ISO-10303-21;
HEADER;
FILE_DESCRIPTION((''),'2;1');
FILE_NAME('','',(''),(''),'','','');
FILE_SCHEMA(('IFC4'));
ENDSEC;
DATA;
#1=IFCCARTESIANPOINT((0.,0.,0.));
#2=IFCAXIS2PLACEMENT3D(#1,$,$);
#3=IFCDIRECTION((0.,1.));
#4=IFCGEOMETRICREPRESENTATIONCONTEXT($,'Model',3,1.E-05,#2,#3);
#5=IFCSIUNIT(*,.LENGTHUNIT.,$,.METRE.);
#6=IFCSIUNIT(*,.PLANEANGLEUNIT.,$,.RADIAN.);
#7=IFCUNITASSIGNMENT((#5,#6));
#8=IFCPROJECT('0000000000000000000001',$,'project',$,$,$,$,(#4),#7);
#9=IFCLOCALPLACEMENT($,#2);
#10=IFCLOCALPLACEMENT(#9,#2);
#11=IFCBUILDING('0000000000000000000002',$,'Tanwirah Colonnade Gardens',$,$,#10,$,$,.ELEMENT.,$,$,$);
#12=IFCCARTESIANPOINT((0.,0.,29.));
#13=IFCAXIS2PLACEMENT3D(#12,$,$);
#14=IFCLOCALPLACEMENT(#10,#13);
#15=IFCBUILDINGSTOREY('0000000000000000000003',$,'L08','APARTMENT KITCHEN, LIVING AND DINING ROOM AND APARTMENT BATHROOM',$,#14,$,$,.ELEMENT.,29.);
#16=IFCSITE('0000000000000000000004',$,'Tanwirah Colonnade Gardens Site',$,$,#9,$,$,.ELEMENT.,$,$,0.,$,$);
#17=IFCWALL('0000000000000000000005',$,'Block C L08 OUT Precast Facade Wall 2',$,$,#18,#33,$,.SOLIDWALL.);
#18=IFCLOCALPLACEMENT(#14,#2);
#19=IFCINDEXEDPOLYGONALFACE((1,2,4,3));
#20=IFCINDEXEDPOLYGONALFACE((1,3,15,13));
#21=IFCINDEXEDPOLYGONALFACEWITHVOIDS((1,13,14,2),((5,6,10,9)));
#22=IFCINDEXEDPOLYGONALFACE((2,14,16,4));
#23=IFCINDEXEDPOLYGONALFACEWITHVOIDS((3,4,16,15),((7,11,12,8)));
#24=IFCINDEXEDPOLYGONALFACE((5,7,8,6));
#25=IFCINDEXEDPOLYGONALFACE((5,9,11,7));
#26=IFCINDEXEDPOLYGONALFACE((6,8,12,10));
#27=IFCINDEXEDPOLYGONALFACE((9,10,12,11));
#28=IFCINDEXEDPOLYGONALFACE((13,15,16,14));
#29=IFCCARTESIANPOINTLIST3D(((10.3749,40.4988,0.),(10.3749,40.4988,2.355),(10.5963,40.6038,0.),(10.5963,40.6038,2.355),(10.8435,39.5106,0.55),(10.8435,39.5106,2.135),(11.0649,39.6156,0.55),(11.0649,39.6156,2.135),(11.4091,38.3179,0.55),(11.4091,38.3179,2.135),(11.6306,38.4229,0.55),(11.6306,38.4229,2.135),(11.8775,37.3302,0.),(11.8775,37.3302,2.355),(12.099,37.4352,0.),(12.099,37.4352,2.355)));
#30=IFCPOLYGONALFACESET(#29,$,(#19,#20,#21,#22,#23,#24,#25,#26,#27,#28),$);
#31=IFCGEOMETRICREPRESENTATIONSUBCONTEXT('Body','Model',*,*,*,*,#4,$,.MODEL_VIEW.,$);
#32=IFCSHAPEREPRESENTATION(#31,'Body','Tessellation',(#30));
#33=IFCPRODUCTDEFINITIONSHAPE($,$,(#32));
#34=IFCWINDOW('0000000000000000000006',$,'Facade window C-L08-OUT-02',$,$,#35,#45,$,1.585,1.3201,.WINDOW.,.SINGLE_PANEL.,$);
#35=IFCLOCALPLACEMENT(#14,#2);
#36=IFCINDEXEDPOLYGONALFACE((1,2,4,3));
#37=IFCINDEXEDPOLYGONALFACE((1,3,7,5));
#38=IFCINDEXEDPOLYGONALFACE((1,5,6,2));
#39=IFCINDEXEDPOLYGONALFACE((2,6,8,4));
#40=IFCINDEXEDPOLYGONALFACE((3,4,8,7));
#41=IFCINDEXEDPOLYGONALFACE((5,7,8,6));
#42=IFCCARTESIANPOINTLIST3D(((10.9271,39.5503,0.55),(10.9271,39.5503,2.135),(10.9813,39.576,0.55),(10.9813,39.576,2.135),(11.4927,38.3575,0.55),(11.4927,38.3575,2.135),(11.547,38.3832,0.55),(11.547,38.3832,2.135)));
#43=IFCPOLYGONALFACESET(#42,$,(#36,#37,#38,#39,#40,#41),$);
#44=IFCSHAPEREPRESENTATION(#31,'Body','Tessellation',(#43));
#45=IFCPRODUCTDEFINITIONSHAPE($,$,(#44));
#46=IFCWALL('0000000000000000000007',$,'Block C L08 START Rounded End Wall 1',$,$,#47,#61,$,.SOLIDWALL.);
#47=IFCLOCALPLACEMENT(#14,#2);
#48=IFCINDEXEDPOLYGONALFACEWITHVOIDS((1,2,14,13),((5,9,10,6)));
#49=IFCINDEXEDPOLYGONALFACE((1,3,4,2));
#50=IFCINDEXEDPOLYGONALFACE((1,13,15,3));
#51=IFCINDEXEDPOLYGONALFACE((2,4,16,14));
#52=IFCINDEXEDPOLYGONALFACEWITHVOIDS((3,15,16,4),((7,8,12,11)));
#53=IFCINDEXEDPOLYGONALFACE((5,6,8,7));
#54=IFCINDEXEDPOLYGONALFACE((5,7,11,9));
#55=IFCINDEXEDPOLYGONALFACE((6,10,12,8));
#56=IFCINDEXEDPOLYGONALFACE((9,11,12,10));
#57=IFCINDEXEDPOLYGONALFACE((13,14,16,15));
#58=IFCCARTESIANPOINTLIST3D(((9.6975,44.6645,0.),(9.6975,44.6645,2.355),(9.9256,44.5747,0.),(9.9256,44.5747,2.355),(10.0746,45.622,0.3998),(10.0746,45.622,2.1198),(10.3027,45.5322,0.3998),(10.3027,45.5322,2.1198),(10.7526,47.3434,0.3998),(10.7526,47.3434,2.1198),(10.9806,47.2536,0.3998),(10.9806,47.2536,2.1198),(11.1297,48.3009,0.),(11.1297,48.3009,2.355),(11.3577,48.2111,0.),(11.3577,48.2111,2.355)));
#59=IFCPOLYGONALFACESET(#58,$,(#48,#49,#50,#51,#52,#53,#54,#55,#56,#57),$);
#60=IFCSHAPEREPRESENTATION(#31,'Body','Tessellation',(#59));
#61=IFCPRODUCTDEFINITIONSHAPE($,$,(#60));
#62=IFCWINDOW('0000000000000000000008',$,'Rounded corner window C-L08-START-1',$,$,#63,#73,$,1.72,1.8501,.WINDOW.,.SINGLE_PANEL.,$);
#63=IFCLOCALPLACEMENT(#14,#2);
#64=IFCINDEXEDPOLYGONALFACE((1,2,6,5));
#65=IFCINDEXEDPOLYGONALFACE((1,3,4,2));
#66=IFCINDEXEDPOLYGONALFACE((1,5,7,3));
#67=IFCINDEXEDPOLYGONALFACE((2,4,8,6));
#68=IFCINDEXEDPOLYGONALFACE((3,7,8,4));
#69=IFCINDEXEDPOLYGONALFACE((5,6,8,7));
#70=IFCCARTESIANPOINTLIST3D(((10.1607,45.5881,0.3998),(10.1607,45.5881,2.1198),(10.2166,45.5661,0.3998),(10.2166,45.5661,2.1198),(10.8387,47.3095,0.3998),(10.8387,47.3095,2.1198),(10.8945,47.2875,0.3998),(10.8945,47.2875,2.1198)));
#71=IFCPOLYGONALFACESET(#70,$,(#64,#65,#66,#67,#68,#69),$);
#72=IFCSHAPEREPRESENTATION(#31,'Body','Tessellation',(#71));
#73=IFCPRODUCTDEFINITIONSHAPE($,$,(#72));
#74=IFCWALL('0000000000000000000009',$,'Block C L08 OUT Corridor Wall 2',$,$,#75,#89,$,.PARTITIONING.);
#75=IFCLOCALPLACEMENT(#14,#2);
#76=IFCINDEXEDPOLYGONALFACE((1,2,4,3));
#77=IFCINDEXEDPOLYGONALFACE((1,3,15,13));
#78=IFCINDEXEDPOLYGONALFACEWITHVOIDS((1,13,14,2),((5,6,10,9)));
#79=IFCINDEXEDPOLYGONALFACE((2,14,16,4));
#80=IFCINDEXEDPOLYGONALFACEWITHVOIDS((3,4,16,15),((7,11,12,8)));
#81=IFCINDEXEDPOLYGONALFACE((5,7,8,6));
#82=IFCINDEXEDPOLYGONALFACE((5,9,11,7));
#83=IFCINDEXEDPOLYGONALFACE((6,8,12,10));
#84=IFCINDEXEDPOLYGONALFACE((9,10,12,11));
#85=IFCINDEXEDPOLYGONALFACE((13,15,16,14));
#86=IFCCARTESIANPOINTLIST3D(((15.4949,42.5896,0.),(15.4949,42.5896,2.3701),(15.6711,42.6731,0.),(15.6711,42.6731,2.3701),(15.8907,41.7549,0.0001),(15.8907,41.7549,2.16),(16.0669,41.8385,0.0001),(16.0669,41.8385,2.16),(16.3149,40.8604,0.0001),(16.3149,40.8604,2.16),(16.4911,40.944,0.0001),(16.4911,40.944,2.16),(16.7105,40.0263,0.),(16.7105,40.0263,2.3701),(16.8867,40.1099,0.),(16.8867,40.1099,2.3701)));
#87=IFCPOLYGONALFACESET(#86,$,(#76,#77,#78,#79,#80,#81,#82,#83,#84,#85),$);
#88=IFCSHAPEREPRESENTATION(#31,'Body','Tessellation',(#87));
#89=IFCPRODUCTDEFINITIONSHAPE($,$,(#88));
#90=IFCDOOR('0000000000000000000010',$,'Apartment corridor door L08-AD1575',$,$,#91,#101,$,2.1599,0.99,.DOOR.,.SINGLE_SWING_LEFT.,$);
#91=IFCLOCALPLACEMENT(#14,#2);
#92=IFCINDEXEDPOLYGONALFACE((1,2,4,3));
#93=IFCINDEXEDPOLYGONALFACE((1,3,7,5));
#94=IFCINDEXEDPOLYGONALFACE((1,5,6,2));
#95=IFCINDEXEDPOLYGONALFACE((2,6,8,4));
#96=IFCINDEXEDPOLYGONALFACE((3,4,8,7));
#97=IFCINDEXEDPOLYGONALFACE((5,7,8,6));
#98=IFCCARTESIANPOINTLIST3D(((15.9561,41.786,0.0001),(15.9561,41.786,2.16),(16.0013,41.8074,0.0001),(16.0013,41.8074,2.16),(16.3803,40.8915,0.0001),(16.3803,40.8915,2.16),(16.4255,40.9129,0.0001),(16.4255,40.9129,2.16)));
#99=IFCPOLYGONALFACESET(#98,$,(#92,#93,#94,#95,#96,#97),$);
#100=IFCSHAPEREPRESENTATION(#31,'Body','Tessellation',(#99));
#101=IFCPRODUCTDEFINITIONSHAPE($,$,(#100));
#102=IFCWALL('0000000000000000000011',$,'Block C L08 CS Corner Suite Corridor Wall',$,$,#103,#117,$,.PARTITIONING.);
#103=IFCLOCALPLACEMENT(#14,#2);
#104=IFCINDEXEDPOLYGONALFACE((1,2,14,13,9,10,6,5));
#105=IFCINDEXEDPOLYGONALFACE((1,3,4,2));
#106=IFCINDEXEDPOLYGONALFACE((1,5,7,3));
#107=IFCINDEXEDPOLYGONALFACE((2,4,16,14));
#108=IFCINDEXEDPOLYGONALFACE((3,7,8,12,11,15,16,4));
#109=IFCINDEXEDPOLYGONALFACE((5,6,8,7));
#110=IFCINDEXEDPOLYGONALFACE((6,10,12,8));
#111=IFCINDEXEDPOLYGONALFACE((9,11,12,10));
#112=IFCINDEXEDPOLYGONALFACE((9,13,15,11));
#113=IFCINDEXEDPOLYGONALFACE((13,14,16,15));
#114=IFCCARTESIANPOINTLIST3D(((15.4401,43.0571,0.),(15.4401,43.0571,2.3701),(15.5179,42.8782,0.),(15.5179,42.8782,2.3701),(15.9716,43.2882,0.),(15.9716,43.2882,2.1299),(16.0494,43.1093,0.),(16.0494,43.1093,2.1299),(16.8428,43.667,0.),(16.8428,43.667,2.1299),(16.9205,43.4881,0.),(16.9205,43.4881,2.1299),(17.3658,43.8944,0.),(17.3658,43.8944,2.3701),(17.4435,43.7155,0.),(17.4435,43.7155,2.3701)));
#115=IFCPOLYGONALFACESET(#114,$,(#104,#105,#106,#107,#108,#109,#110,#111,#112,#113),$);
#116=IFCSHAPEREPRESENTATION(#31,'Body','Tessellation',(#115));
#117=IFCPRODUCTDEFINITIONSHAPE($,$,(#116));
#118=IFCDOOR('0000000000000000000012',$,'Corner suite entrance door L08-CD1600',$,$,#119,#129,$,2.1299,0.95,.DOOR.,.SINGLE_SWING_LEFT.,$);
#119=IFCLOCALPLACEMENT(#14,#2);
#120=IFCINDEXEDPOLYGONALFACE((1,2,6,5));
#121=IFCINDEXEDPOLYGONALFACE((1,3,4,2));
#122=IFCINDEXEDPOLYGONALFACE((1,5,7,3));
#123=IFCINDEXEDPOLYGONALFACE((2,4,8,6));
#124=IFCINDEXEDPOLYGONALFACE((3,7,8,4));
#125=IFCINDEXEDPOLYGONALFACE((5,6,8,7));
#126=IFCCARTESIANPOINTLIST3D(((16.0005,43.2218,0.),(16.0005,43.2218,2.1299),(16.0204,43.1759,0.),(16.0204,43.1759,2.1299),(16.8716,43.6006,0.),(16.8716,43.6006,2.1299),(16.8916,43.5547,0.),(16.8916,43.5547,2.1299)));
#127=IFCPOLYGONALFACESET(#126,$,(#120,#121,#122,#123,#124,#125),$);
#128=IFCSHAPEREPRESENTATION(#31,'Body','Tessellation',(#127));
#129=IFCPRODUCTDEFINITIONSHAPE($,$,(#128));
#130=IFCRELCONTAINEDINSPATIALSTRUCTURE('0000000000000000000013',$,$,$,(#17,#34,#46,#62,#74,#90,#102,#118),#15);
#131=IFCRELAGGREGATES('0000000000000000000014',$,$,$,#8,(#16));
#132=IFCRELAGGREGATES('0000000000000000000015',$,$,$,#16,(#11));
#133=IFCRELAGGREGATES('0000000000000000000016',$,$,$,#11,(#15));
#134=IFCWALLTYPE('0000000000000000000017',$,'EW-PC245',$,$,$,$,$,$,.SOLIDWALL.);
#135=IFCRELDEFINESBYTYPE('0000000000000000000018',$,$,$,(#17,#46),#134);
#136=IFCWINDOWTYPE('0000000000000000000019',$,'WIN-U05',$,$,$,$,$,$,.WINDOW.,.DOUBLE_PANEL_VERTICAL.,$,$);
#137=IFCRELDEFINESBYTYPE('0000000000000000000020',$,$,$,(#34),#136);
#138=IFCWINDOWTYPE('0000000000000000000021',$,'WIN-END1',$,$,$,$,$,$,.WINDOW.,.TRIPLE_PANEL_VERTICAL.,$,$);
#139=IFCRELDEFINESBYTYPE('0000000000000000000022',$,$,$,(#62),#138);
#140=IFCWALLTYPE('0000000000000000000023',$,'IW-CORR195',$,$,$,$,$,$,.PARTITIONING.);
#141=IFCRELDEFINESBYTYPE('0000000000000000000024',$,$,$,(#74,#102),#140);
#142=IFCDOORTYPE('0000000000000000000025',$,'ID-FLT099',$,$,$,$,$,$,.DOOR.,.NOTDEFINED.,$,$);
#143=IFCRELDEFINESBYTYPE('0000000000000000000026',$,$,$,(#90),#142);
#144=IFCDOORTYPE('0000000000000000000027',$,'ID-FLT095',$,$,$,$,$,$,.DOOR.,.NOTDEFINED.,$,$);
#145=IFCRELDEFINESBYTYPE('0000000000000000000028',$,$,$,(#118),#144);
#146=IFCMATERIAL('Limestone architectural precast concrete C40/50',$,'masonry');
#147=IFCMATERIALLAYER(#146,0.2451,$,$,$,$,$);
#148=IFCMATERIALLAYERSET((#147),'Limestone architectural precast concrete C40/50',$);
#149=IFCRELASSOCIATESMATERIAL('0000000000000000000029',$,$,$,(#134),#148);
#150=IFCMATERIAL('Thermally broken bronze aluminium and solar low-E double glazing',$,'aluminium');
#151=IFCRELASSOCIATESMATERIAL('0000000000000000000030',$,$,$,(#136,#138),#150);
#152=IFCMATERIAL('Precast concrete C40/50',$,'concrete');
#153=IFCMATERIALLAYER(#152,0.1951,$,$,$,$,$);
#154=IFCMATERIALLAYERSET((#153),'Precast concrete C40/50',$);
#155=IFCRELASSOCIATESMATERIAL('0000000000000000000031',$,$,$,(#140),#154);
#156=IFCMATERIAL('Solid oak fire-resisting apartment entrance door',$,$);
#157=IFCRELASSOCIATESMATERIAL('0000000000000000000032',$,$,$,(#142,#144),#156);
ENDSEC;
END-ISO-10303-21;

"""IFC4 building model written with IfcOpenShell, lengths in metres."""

from ifc_helpers import new_model, si_unit, direction, frame, frame_2d, origin, place, context, subcontext, project, spatial, rectangle, extrude, material, layer, layer_set, type_object, element, fill, save


model = new_model("IFC4")

# Units and contexts
model_context = context("Model", 3, precision=1e-05, world=origin(), true_north=direction((0.0, 1.0)))
body_context = subcontext(model_context, "Body", "Model", "MODEL_VIEW")
ifc_project = project(units=[si_unit("LENGTHUNIT", "METRE"), si_unit("PLANEANGLEUNIT", "RADIAN")], contexts=[model_context])

# Site, building, storey
site_placement = place(None, origin())
site = spatial("IfcSite", under=ifc_project, at=site_placement, Name="Tanwirah Colonnade Gardens Site", CompositionType="ELEMENT", RefElevation=0.0)
building_placement = place(site_placement, origin())
building = spatial("IfcBuilding", under=site, at=building_placement, Name="Tanwirah Colonnade Gardens", CompositionType="ELEMENT")
storey_placement = place(building_placement, frame((0.0, 0.0, 29.0)))
storey = spatial("IfcBuildingStorey", under=building, at=storey_placement, Name="L08", Description="APARTMENT KITCHEN, LIVING AND DINING ROOM AND APARTMENT BATHROOM", CompositionType="ELEMENT", Elevation=29.0)

# Shared definitions
ifc_material_1 = material(Name="Precast concrete C40/50", Category="concrete")

# Walls, openings, windows
ifc_material_2 = material(Name="Limestone architectural precast concrete C40/50", Category="masonry")
ifc_layer_1 = layer(ifc_material_2, 0.2451)
ifc_layer_set_1 = layer_set([ifc_layer_1], Name="Limestone architectural precast concrete C40/50")
wall_type_1 = type_object("IfcWallType", Name="EW-PC245", PredefinedType="SOLIDWALL", material=ifc_layer_set_1)
wall_1_placement = place(storey_placement, frame((10.4856, 40.5513, 0.0), z_axis=(0.0, 0.0, 1.0), x_axis=(0.428487, -0.903548, 0.0)))
wall_1 = element("IfcWall", 1, at=wall_1_placement, inside=storey, type_object=wall_type_1, Name="Block C L08 OUT Precast Facade Wall 2", PredefinedType="SOLIDWALL", context=body_context, shape_type="SweptSolid", body=[
    extrude(rectangle(XDim=3.5068, YDim=0.2451, at=frame_2d((1.7534, 0.0))), origin(), (0.0, 0.0, 1.0), 2.355),
])
opening_1_placement = place(wall_1_placement, frame((1.0935, 0.0, 0.55)))
opening_1 = element("IfcOpeningElement", 2, at=opening_1_placement, cuts=wall_1, PredefinedType="OPENING", context=body_context, shape_type="SweptSolid", body=[
    extrude(rectangle(XDim=1.3201, YDim=1.585, at=frame_2d((0.6602, 0.7925))), frame((0.0, 0.1326, 0.0), z_axis=(0.0, -1.0, 0.0), x_axis=(1.0, 0.0, 0.0)), (0.0, 0.0, 1.0), 0.2651),
])
ifc_material_3 = material(Name="Thermally broken bronze aluminium and solar low-E double glazing", Category="aluminium")
window_type_1 = type_object("IfcWindowType", Name="WIN-U05", PartitioningType="DOUBLE_PANEL_VERTICAL", PredefinedType="WINDOW", material=ifc_material_3)
window_1_placement = place(opening_1_placement, origin())
window_1 = element("IfcWindow", 3, at=window_1_placement, inside=storey, type_object=window_type_1, Name="Facade window C-L08-OUT-02", OverallHeight=1.585, OverallWidth=1.3201, PartitioningType="SINGLE_PANEL", PredefinedType="WINDOW", context=body_context, shape_type="SweptSolid", body=[
    extrude(rectangle(XDim=1.3201, YDim=1.585, at=frame_2d((0.6602, 0.7925))), frame((0.0, 0.03, 0.0), z_axis=(0.0, -1.0, 0.0), x_axis=(1.0, 0.0, 0.0)), (0.0, 0.0, 1.0), 0.0601),
])
fill(opening_1, window_1)
wall_2_placement = place(storey_placement, frame((9.8115, 44.6196, 0.0), z_axis=(0.0, 0.0, 1.0), x_axis=(0.366452, 0.930437, 0.0)))
wall_2 = element("IfcWall", 4, at=wall_2_placement, inside=storey, type_object=wall_type_1, Name="Block C L08 START Rounded End Wall 1", PredefinedType="SOLIDWALL", context=body_context, shape_type="SweptSolid", body=[
    extrude(rectangle(XDim=3.9082, YDim=0.2451, at=frame_2d((1.9541, 0.0))), origin(), (0.0, 0.0, 1.0), 2.355),
])
opening_2_placement = place(wall_2_placement, frame((1.0291, 0.0, 0.3999)))
opening_2 = element("IfcOpeningElement", 5, at=opening_2_placement, cuts=wall_2, PredefinedType="OPENING", context=body_context, shape_type="SweptSolid", body=[
    extrude(rectangle(XDim=1.8501, YDim=1.72, at=frame_2d((0.925, 0.8599))), frame((0.0, 0.1326, 0.0), z_axis=(0.0, -1.0, 0.0), x_axis=(1.0, 0.0, 0.0)), (0.0, 0.0, 1.0), 0.2651),
])
window_type_2 = type_object("IfcWindowType", Name="WIN-END1", PartitioningType="TRIPLE_PANEL_VERTICAL", PredefinedType="WINDOW", material=ifc_material_3)
window_2_placement = place(opening_2_placement, origin())
window_2 = element("IfcWindow", 6, at=window_2_placement, inside=storey, type_object=window_type_2, Name="Rounded corner window C-L08-START-1", OverallHeight=1.72, OverallWidth=1.8501, PartitioningType="SINGLE_PANEL", PredefinedType="WINDOW", context=body_context, shape_type="SweptSolid", body=[
    extrude(rectangle(XDim=1.8501, YDim=1.72, at=frame_2d((0.925, 0.8599))), frame((0.0, 0.03, 0.0), z_axis=(0.0, -1.0, 0.0), x_axis=(1.0, 0.0, 0.0)), (0.0, 0.0, 1.0), 0.0601),
])
fill(opening_2, window_2)

# Walls, openings, doors
ifc_layer_2 = layer(ifc_material_1, 0.1951)
ifc_layer_set_2 = layer_set([ifc_layer_2], Name="Precast concrete C40/50")
wall_type_2 = type_object("IfcWallType", Name="IW-CORR195", PredefinedType="PARTITIONING", material=ifc_layer_set_2)
wall_3_placement = place(storey_placement, frame((15.583, 42.6313, 0.0), z_axis=(0.0, 0.0, 1.0), x_axis=(0.428493, -0.903545, 0.0)))
wall_3 = element("IfcWall", 7, at=wall_3_placement, inside=storey, type_object=wall_type_2, Name="Block C L08 OUT Corridor Wall 2", PredefinedType="PARTITIONING", context=body_context, shape_type="SweptSolid", body=[
    extrude(rectangle(XDim=2.8369, YDim=0.1951, at=frame_2d((1.4185, 0.0))), origin(), (0.0, 0.0, 1.0), 2.3701),
])
opening_3_placement = place(wall_3_placement, frame((0.9236, 0.0, 0.0)))
opening_3 = element("IfcOpeningElement", 8, at=opening_3_placement, cuts=wall_3, PredefinedType="OPENING", context=body_context, shape_type="SweptSolid", body=[
    extrude(rectangle(XDim=0.99, YDim=2.1599, at=frame_2d((0.4951, 1.0801))), frame((0.0, 0.1074, 0.0), z_axis=(0.0, -1.0, 0.0), x_axis=(1.0, 0.0, 0.0)), (0.0, 0.0, 1.0), 0.2151),
])
ifc_material_4 = material(Name="Solid oak fire-resisting apartment entrance door")
door_type_1 = type_object("IfcDoorType", Name="ID-FLT099", OperationType="NOTDEFINED", PredefinedType="DOOR", material=ifc_material_4)
door_1_placement = place(opening_3_placement, origin())
door_1 = element("IfcDoor", 9, at=door_1_placement, inside=storey, type_object=door_type_1, Name="Apartment corridor door L08-AD1575", OperationType="SINGLE_SWING_LEFT", OverallHeight=2.1599, OverallWidth=0.99, PredefinedType="DOOR", context=body_context, shape_type="SweptSolid", body=[
    extrude(rectangle(XDim=0.99, YDim=2.1599, at=frame_2d((0.4951, 1.0801))), frame((0.0, 0.0249, 0.0), z_axis=(0.0, -1.0, 0.0), x_axis=(1.0, 0.0, 0.0)), (0.0, 0.0, 1.0), 0.05),
])
fill(opening_3, door_1)
wall_4_placement = place(storey_placement, frame((17.4045, 43.8049, 0.0), z_axis=(0.0, 0.0, 1.0), x_axis=(-0.917052, -0.398769, 0.0)))
wall_4 = element("IfcWall", 10, at=wall_4_placement, inside=storey, type_object=wall_type_2, Name="Block C L08 CS Corner Suite Corridor Wall", PredefinedType="PARTITIONING", context=body_context, shape_type="SweptSolid", body=[
    extrude(rectangle(XDim=2.0999, YDim=0.1951, at=frame_2d((1.0498, 0.0))), origin(), (0.0, 0.0, 1.0), 2.3701),
])
opening_4_placement = place(wall_4_placement, frame((0.5701, 0.0, 0.0)))
opening_4 = element("IfcOpeningElement", 11, at=opening_4_placement, cuts=wall_4, PredefinedType="OPENING", context=body_context, shape_type="SweptSolid", body=[
    extrude(rectangle(XDim=0.95, YDim=2.1299, at=frame_2d((0.4751, 1.0649))), frame((0.0, 0.1074, 0.0), z_axis=(0.0, -1.0, 0.0), x_axis=(1.0, 0.0, 0.0)), (0.0, 0.0, 1.0), 0.2151),
])
door_type_2 = type_object("IfcDoorType", Name="ID-FLT095", OperationType="NOTDEFINED", PredefinedType="DOOR", material=ifc_material_4)
door_2_placement = place(opening_4_placement, origin())
door_2 = element("IfcDoor", 12, at=door_2_placement, inside=storey, type_object=door_type_2, Name="Corner suite entrance door L08-CD1600", OperationType="SINGLE_SWING_LEFT", OverallHeight=2.1299, OverallWidth=0.95, PredefinedType="DOOR", context=body_context, shape_type="SweptSolid", body=[
    extrude(rectangle(XDim=0.95, YDim=2.1299, at=frame_2d((0.4751, 1.0649))), frame((0.0, 0.0249, 0.0), z_axis=(0.0, -1.0, 0.0), x_axis=(1.0, 0.0, 0.0)), (0.0, 0.0, 1.0), 0.05),
])
fill(opening_4, door_2)

save(model, "model.ifc")
